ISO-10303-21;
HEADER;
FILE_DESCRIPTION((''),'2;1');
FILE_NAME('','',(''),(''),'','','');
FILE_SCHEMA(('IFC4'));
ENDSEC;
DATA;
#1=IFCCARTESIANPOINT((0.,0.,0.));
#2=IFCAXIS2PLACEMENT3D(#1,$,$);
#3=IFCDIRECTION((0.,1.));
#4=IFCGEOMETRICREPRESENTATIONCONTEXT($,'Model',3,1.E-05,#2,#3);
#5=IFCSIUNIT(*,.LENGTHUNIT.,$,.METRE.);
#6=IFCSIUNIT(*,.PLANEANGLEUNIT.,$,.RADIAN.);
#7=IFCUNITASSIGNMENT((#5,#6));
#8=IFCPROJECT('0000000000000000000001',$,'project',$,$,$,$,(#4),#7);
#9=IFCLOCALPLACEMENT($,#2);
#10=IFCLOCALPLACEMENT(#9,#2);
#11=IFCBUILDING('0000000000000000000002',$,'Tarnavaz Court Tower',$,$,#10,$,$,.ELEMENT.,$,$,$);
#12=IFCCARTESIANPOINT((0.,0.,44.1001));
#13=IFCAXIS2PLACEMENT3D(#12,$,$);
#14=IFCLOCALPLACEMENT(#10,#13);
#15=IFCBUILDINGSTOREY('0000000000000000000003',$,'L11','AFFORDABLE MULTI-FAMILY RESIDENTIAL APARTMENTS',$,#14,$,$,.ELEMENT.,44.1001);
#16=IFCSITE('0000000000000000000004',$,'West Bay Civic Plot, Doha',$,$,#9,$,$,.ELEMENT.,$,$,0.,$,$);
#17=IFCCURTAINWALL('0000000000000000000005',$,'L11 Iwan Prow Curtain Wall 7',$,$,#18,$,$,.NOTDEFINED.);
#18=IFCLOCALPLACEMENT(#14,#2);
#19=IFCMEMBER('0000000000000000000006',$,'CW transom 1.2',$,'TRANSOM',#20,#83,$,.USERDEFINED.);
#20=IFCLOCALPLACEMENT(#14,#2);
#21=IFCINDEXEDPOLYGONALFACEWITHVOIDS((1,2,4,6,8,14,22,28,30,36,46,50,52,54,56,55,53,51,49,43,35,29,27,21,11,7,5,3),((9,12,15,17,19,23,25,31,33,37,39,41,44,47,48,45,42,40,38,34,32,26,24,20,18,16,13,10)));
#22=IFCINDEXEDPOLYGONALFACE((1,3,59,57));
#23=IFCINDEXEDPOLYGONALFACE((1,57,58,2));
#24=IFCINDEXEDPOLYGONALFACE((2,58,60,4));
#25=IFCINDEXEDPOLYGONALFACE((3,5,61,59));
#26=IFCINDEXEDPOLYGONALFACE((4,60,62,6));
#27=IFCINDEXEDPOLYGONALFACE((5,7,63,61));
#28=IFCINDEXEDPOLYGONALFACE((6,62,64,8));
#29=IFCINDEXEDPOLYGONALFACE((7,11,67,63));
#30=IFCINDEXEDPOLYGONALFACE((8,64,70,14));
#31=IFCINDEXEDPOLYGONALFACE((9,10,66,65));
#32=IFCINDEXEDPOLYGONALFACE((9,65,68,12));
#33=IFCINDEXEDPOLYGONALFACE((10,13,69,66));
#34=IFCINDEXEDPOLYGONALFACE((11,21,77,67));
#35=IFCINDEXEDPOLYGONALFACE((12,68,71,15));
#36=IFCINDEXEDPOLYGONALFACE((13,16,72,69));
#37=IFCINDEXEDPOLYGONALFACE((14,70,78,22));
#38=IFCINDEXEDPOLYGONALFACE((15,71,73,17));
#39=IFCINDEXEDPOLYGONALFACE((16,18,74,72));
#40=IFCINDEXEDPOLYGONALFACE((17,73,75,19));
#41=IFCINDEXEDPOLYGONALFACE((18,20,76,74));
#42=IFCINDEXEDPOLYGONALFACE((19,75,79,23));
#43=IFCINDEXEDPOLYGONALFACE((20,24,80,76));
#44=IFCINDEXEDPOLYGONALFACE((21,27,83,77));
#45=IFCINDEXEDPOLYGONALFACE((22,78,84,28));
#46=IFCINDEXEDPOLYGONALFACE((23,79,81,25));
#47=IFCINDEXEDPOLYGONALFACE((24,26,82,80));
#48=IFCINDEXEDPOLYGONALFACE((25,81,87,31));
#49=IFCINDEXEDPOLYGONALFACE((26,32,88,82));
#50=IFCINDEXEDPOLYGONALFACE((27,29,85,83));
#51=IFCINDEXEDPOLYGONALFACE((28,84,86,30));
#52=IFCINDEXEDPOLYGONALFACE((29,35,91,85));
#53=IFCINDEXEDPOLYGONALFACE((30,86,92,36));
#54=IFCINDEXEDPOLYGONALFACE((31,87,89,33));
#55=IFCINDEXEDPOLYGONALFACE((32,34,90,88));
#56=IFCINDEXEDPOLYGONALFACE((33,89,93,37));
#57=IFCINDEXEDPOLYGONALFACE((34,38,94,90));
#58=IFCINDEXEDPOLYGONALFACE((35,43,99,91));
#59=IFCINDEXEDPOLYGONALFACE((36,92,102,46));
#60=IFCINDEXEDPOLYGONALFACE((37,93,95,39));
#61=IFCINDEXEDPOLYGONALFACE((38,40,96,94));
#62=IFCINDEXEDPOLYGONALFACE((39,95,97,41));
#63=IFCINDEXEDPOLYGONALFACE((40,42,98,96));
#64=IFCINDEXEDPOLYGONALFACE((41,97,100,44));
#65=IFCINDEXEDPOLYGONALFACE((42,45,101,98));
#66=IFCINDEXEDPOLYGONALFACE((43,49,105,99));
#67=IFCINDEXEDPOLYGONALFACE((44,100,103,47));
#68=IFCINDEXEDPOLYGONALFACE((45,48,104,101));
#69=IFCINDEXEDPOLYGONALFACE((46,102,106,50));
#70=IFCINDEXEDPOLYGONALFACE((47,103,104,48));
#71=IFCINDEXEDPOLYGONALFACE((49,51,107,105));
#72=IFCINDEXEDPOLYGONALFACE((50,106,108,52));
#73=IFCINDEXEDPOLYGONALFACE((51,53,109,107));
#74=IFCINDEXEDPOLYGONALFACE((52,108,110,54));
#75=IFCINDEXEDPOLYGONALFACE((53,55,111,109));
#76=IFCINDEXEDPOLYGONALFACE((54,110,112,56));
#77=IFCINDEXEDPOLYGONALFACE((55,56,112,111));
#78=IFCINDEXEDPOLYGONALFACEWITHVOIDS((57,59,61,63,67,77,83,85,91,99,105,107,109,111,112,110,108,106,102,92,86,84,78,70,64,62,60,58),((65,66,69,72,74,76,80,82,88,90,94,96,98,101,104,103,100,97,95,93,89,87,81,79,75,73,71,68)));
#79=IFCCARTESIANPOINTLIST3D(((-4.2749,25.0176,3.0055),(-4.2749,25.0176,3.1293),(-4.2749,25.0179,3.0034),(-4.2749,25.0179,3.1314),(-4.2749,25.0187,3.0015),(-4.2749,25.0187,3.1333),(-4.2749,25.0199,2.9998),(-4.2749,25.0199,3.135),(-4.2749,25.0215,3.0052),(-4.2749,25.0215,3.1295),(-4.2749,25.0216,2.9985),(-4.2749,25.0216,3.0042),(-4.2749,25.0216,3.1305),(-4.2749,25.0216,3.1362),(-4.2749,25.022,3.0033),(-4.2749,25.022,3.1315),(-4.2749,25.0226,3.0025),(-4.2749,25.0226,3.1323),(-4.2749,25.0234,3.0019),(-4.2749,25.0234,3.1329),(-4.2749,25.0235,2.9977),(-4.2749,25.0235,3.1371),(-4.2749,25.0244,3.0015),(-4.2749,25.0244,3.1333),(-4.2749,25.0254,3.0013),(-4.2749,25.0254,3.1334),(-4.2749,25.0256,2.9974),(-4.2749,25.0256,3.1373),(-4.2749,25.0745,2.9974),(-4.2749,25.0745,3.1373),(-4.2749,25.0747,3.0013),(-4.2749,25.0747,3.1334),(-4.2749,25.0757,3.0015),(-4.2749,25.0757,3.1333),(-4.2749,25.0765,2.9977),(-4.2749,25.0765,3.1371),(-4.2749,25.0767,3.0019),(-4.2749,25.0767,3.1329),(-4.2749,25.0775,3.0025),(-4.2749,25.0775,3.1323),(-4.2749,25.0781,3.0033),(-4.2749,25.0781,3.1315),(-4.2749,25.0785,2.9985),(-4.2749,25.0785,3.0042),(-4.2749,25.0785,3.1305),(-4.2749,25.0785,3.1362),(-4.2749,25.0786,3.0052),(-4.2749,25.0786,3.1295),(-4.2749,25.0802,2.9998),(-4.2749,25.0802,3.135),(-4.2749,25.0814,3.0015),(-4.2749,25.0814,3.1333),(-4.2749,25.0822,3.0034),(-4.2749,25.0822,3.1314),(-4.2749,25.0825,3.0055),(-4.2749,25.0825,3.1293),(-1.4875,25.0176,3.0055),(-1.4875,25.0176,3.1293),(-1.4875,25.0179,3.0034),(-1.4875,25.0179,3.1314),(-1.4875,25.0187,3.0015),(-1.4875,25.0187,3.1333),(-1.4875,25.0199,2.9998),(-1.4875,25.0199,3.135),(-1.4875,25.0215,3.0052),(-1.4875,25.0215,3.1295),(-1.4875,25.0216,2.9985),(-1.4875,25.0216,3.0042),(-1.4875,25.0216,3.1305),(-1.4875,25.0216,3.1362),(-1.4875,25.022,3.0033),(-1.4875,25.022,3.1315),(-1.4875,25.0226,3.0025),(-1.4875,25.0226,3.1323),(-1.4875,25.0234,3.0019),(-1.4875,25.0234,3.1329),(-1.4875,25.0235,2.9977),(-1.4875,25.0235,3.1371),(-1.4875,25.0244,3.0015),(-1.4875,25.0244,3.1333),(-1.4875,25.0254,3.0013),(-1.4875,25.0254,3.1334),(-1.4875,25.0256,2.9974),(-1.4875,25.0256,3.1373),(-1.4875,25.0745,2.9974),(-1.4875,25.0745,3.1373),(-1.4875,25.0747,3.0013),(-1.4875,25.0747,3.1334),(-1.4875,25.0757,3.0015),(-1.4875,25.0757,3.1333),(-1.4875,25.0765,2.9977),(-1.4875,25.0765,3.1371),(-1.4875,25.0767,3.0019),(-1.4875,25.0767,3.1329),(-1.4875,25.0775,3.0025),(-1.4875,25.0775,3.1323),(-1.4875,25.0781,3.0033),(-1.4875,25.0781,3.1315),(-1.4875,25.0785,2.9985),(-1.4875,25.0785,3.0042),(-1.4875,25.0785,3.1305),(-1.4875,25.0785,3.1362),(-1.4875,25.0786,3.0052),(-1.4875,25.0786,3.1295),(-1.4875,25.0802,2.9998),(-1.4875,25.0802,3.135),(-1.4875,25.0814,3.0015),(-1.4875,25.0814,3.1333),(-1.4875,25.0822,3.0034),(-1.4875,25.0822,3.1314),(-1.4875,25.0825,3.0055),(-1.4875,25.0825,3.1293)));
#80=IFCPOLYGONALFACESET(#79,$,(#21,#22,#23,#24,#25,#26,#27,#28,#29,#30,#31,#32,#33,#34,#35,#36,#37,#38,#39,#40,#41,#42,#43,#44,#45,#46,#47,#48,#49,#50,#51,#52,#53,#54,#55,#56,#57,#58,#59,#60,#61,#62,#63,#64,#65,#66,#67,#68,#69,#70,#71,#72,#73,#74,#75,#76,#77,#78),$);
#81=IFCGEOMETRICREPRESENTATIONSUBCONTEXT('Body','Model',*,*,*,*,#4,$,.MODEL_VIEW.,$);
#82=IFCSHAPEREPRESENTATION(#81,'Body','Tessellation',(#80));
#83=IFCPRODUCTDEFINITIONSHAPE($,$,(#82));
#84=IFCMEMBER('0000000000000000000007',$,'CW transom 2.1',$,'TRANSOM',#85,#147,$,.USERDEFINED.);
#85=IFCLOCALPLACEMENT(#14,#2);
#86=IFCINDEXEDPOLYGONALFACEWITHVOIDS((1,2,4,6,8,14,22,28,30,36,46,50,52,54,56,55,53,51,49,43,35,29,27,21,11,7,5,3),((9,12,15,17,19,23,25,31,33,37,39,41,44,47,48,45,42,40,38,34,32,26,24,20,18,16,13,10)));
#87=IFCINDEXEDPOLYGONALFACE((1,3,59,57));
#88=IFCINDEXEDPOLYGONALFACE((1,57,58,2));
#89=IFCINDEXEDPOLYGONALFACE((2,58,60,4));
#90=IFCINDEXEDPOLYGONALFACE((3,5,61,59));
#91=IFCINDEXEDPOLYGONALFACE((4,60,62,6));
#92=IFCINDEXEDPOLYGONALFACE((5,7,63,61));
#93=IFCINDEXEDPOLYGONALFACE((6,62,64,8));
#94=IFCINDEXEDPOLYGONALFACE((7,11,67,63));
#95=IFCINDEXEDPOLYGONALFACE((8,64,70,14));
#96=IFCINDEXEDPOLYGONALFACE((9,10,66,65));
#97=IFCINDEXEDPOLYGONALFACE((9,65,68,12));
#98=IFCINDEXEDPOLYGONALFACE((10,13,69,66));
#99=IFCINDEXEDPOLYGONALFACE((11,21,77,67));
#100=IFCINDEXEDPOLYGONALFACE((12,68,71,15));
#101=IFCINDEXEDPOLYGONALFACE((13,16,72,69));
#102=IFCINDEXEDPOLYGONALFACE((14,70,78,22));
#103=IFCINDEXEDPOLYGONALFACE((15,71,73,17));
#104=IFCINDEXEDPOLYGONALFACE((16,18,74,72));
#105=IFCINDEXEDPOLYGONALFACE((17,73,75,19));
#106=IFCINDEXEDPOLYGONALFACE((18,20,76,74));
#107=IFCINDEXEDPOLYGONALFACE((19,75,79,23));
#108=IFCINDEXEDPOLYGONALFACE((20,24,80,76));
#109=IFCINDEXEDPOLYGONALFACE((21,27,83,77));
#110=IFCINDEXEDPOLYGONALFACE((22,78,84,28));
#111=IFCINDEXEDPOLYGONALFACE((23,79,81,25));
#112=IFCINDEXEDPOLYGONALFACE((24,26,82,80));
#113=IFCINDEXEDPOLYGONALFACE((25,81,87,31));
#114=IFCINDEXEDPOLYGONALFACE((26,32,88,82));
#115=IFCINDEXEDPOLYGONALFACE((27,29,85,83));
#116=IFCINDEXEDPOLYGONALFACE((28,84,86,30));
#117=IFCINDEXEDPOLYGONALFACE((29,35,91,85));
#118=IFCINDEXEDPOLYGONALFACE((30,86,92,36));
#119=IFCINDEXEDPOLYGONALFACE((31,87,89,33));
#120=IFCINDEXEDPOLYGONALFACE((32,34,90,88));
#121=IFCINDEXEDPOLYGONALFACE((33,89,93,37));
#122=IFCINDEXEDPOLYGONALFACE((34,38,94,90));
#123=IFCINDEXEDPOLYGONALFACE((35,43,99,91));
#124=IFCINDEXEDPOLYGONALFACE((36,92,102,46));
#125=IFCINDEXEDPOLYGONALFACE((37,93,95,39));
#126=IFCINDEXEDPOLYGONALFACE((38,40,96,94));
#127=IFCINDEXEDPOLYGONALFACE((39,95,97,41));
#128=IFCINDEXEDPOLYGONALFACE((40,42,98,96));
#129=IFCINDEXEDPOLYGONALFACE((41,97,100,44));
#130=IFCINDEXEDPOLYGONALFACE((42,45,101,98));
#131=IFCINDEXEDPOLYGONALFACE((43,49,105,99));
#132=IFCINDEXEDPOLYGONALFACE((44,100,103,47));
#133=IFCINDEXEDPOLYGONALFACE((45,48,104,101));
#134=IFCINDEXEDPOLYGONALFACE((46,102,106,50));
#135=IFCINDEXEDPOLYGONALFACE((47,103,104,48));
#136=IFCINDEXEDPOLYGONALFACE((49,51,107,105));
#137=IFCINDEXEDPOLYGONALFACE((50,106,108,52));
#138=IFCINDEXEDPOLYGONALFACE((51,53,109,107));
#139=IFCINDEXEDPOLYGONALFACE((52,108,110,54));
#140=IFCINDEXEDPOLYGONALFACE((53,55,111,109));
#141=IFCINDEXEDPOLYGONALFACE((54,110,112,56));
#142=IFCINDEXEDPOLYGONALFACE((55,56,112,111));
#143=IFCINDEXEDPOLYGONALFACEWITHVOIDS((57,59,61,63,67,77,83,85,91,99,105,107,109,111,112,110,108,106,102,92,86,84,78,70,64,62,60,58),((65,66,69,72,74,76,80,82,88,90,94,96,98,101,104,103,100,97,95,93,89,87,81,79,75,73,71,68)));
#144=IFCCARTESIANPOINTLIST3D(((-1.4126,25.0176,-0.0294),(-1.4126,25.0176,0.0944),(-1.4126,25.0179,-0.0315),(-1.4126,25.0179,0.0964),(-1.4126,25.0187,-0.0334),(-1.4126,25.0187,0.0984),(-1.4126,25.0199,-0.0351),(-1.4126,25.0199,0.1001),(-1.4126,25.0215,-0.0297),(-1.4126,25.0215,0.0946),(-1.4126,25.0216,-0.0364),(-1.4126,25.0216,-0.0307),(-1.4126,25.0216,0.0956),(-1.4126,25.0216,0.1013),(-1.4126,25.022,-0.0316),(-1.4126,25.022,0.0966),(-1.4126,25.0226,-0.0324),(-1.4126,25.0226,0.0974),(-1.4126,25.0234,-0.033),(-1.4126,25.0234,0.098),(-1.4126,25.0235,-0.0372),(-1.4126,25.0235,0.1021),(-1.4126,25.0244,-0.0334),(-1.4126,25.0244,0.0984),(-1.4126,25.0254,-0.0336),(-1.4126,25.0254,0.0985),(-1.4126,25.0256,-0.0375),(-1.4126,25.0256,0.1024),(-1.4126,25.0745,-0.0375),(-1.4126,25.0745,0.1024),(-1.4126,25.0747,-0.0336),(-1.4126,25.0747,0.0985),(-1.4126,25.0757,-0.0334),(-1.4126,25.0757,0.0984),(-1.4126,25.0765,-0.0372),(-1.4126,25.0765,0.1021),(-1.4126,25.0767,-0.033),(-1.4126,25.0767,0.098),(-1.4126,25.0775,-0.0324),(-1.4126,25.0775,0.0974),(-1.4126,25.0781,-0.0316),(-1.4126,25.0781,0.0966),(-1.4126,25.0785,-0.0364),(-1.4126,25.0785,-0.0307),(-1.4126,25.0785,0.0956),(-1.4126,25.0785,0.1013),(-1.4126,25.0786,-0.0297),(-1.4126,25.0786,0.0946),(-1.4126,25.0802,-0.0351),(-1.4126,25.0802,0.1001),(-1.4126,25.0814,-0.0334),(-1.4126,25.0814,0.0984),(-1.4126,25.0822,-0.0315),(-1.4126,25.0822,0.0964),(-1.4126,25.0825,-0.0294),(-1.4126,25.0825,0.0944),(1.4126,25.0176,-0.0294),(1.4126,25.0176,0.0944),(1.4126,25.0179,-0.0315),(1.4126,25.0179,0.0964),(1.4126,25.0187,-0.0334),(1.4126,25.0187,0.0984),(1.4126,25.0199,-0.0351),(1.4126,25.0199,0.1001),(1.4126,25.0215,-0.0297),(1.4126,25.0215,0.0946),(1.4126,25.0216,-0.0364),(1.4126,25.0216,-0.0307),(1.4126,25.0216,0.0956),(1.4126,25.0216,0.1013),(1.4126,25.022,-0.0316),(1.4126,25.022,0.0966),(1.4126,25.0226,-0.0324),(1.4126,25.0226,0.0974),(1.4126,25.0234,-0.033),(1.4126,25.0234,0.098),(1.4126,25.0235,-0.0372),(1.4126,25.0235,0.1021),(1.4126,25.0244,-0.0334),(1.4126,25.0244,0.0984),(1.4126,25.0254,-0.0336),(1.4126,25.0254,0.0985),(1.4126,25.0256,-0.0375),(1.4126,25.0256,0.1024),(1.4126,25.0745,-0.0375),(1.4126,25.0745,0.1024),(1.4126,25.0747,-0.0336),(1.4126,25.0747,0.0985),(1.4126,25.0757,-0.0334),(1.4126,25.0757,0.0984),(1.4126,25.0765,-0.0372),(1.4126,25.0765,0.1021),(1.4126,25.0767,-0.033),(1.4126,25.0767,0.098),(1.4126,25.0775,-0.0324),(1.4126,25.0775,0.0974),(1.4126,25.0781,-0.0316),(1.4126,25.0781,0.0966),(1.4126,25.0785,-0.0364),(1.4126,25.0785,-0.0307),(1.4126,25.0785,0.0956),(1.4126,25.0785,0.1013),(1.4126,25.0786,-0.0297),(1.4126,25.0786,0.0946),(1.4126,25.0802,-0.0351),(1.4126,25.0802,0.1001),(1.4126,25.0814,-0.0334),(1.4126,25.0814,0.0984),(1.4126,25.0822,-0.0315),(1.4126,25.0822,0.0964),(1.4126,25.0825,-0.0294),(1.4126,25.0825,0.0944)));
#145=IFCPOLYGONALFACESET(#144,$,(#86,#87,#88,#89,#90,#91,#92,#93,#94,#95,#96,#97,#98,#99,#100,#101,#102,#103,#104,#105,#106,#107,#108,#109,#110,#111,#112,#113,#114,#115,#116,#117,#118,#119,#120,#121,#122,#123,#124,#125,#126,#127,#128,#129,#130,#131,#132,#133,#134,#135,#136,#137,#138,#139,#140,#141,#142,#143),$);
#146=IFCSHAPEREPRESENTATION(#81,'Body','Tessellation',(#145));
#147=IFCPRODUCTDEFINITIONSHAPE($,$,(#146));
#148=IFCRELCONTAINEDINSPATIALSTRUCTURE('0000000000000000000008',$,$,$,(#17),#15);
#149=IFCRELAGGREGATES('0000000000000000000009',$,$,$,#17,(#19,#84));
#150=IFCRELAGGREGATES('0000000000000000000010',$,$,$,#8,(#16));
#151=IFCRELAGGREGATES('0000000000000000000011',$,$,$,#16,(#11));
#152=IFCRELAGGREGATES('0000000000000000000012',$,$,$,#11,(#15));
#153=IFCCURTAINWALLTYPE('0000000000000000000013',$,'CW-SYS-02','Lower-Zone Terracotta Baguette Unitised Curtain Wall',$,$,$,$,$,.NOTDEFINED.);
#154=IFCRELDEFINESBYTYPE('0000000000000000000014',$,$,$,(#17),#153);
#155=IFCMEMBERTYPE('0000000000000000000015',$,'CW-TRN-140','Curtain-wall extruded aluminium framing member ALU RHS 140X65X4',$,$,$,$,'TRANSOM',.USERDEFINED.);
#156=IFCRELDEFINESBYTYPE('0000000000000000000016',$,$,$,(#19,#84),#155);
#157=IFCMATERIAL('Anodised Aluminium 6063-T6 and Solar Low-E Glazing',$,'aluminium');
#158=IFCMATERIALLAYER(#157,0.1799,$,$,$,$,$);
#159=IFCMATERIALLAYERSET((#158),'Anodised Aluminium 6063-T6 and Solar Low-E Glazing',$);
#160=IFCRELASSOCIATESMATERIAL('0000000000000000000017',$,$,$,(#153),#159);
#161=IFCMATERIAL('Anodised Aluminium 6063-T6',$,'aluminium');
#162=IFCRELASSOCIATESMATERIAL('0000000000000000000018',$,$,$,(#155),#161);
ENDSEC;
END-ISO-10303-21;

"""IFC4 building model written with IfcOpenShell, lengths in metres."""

from ifc_helpers import new_model, si_unit, direction, frame, origin, origin_2d, place, context, subcontext, project, spatial, hollow_rectangle, extrude, material, layer, layer_set, material_profile, profile_set, type_object, element, aggregate, save


model = new_model("IFC4")

# Units and contexts
model_context = context("Model", 3, precision=1e-05, world=origin(), true_north=direction((0.0, 1.0)))
body_context = subcontext(model_context, "Body", "Model", "MODEL_VIEW")
ifc_project = project(units=[si_unit("LENGTHUNIT", "METRE"), si_unit("PLANEANGLEUNIT", "RADIAN")], contexts=[model_context])

# Site, building, storey
site_placement = place(None, origin())
site = spatial("IfcSite", under=ifc_project, at=site_placement, Name="West Bay Civic Plot, Doha", CompositionType="ELEMENT", RefElevation=0.0)
building_placement = place(site_placement, origin())
building = spatial("IfcBuilding", under=site, at=building_placement, Name="Tarnavaz Court Tower", CompositionType="ELEMENT")
storey_placement = place(building_placement, frame((0.0, 0.0, 44.1001)))
storey = spatial("IfcBuildingStorey", under=building, at=storey_placement, Name="L11", Description="AFFORDABLE MULTI-FAMILY RESIDENTIAL APARTMENTS", CompositionType="ELEMENT", Elevation=44.1001)

# Curtain wall, members
ifc_material_1 = material(Name="Anodised Aluminium 6063-T6 and Solar Low-E Glazing", Category="aluminium")
ifc_layer_1 = layer(ifc_material_1, 0.1799)
ifc_layer_set_1 = layer_set([ifc_layer_1], Name="Anodised Aluminium 6063-T6 and Solar Low-E Glazing")
curtain_wall_type = type_object("IfcCurtainWallType", Name="CW-SYS-02", Description="Lower-Zone Terracotta Baguette Unitised Curtain Wall", PredefinedType="NOTDEFINED", material=ifc_layer_set_1)
curtain_wall_placement = place(storey_placement, origin())
curtain_wall = element("IfcCurtainWall", 1, at=curtain_wall_placement, inside=storey, type_object=curtain_wall_type, Name="L11 Iwan Prow Curtain Wall 7", PredefinedType="NOTDEFINED")
ifc_material_2 = material(Name="Anodised Aluminium 6063-T6", Category="aluminium")
ifc_material_profile_1 = material_profile(ifc_material_2, hollow_rectangle(XDim=0.0649, YDim=0.1399, WallThickness=0.0039, InnerFilletRadius=0.0039, OuterFilletRadius=0.0081, at=origin_2d()), Name="ALU RHS 140X65X4")
ifc_profile_set_1 = profile_set([ifc_material_profile_1], Name="Anodised Aluminium 6063-T6")
member_type_1 = type_object("IfcMemberType", Name="CW-TRN-140", Description="Curtain-wall extruded aluminium framing member ALU RHS 140X65X4", ElementType="TRANSOM", PredefinedType="USERDEFINED", material=ifc_profile_set_1)
member_1_placement = place(storey_placement, frame((-4.2749, 25.05, 3.0674), z_axis=(1.0, 0.0, 0.0), x_axis=(0.0, 1.0, 0.0)))
member_1 = element("IfcMember", 2, at=member_1_placement, type_object=member_type_1, Name="CW transom 1.2", ObjectType="TRANSOM", PredefinedType="USERDEFINED", context=body_context, shape_type="SweptSolid", body=[
    extrude(hollow_rectangle(XDim=0.0649, YDim=0.1399, WallThickness=0.0039, InnerFilletRadius=0.0039, OuterFilletRadius=0.0081, at=origin_2d()), origin(), (0.0, 0.0, 1.0), 2.7874),
])
member_2_placement = place(storey_placement, frame((-1.4126, 25.05, 0.0325), z_axis=(1.0, 0.0, 0.0), x_axis=(0.0, 1.0, 0.0)))
member_2 = element("IfcMember", 3, at=member_2_placement, type_object=member_type_1, Name="CW transom 2.1", ObjectType="TRANSOM", PredefinedType="USERDEFINED", context=body_context, shape_type="SweptSolid", body=[
    extrude(hollow_rectangle(XDim=0.0649, YDim=0.1399, WallThickness=0.0039, InnerFilletRadius=0.0039, OuterFilletRadius=0.0081, at=origin_2d()), origin(), (0.0, 0.0, 1.0), 2.8252),
])
aggregate(curtain_wall, [member_1, member_2])

save(model, "model.ifc")
